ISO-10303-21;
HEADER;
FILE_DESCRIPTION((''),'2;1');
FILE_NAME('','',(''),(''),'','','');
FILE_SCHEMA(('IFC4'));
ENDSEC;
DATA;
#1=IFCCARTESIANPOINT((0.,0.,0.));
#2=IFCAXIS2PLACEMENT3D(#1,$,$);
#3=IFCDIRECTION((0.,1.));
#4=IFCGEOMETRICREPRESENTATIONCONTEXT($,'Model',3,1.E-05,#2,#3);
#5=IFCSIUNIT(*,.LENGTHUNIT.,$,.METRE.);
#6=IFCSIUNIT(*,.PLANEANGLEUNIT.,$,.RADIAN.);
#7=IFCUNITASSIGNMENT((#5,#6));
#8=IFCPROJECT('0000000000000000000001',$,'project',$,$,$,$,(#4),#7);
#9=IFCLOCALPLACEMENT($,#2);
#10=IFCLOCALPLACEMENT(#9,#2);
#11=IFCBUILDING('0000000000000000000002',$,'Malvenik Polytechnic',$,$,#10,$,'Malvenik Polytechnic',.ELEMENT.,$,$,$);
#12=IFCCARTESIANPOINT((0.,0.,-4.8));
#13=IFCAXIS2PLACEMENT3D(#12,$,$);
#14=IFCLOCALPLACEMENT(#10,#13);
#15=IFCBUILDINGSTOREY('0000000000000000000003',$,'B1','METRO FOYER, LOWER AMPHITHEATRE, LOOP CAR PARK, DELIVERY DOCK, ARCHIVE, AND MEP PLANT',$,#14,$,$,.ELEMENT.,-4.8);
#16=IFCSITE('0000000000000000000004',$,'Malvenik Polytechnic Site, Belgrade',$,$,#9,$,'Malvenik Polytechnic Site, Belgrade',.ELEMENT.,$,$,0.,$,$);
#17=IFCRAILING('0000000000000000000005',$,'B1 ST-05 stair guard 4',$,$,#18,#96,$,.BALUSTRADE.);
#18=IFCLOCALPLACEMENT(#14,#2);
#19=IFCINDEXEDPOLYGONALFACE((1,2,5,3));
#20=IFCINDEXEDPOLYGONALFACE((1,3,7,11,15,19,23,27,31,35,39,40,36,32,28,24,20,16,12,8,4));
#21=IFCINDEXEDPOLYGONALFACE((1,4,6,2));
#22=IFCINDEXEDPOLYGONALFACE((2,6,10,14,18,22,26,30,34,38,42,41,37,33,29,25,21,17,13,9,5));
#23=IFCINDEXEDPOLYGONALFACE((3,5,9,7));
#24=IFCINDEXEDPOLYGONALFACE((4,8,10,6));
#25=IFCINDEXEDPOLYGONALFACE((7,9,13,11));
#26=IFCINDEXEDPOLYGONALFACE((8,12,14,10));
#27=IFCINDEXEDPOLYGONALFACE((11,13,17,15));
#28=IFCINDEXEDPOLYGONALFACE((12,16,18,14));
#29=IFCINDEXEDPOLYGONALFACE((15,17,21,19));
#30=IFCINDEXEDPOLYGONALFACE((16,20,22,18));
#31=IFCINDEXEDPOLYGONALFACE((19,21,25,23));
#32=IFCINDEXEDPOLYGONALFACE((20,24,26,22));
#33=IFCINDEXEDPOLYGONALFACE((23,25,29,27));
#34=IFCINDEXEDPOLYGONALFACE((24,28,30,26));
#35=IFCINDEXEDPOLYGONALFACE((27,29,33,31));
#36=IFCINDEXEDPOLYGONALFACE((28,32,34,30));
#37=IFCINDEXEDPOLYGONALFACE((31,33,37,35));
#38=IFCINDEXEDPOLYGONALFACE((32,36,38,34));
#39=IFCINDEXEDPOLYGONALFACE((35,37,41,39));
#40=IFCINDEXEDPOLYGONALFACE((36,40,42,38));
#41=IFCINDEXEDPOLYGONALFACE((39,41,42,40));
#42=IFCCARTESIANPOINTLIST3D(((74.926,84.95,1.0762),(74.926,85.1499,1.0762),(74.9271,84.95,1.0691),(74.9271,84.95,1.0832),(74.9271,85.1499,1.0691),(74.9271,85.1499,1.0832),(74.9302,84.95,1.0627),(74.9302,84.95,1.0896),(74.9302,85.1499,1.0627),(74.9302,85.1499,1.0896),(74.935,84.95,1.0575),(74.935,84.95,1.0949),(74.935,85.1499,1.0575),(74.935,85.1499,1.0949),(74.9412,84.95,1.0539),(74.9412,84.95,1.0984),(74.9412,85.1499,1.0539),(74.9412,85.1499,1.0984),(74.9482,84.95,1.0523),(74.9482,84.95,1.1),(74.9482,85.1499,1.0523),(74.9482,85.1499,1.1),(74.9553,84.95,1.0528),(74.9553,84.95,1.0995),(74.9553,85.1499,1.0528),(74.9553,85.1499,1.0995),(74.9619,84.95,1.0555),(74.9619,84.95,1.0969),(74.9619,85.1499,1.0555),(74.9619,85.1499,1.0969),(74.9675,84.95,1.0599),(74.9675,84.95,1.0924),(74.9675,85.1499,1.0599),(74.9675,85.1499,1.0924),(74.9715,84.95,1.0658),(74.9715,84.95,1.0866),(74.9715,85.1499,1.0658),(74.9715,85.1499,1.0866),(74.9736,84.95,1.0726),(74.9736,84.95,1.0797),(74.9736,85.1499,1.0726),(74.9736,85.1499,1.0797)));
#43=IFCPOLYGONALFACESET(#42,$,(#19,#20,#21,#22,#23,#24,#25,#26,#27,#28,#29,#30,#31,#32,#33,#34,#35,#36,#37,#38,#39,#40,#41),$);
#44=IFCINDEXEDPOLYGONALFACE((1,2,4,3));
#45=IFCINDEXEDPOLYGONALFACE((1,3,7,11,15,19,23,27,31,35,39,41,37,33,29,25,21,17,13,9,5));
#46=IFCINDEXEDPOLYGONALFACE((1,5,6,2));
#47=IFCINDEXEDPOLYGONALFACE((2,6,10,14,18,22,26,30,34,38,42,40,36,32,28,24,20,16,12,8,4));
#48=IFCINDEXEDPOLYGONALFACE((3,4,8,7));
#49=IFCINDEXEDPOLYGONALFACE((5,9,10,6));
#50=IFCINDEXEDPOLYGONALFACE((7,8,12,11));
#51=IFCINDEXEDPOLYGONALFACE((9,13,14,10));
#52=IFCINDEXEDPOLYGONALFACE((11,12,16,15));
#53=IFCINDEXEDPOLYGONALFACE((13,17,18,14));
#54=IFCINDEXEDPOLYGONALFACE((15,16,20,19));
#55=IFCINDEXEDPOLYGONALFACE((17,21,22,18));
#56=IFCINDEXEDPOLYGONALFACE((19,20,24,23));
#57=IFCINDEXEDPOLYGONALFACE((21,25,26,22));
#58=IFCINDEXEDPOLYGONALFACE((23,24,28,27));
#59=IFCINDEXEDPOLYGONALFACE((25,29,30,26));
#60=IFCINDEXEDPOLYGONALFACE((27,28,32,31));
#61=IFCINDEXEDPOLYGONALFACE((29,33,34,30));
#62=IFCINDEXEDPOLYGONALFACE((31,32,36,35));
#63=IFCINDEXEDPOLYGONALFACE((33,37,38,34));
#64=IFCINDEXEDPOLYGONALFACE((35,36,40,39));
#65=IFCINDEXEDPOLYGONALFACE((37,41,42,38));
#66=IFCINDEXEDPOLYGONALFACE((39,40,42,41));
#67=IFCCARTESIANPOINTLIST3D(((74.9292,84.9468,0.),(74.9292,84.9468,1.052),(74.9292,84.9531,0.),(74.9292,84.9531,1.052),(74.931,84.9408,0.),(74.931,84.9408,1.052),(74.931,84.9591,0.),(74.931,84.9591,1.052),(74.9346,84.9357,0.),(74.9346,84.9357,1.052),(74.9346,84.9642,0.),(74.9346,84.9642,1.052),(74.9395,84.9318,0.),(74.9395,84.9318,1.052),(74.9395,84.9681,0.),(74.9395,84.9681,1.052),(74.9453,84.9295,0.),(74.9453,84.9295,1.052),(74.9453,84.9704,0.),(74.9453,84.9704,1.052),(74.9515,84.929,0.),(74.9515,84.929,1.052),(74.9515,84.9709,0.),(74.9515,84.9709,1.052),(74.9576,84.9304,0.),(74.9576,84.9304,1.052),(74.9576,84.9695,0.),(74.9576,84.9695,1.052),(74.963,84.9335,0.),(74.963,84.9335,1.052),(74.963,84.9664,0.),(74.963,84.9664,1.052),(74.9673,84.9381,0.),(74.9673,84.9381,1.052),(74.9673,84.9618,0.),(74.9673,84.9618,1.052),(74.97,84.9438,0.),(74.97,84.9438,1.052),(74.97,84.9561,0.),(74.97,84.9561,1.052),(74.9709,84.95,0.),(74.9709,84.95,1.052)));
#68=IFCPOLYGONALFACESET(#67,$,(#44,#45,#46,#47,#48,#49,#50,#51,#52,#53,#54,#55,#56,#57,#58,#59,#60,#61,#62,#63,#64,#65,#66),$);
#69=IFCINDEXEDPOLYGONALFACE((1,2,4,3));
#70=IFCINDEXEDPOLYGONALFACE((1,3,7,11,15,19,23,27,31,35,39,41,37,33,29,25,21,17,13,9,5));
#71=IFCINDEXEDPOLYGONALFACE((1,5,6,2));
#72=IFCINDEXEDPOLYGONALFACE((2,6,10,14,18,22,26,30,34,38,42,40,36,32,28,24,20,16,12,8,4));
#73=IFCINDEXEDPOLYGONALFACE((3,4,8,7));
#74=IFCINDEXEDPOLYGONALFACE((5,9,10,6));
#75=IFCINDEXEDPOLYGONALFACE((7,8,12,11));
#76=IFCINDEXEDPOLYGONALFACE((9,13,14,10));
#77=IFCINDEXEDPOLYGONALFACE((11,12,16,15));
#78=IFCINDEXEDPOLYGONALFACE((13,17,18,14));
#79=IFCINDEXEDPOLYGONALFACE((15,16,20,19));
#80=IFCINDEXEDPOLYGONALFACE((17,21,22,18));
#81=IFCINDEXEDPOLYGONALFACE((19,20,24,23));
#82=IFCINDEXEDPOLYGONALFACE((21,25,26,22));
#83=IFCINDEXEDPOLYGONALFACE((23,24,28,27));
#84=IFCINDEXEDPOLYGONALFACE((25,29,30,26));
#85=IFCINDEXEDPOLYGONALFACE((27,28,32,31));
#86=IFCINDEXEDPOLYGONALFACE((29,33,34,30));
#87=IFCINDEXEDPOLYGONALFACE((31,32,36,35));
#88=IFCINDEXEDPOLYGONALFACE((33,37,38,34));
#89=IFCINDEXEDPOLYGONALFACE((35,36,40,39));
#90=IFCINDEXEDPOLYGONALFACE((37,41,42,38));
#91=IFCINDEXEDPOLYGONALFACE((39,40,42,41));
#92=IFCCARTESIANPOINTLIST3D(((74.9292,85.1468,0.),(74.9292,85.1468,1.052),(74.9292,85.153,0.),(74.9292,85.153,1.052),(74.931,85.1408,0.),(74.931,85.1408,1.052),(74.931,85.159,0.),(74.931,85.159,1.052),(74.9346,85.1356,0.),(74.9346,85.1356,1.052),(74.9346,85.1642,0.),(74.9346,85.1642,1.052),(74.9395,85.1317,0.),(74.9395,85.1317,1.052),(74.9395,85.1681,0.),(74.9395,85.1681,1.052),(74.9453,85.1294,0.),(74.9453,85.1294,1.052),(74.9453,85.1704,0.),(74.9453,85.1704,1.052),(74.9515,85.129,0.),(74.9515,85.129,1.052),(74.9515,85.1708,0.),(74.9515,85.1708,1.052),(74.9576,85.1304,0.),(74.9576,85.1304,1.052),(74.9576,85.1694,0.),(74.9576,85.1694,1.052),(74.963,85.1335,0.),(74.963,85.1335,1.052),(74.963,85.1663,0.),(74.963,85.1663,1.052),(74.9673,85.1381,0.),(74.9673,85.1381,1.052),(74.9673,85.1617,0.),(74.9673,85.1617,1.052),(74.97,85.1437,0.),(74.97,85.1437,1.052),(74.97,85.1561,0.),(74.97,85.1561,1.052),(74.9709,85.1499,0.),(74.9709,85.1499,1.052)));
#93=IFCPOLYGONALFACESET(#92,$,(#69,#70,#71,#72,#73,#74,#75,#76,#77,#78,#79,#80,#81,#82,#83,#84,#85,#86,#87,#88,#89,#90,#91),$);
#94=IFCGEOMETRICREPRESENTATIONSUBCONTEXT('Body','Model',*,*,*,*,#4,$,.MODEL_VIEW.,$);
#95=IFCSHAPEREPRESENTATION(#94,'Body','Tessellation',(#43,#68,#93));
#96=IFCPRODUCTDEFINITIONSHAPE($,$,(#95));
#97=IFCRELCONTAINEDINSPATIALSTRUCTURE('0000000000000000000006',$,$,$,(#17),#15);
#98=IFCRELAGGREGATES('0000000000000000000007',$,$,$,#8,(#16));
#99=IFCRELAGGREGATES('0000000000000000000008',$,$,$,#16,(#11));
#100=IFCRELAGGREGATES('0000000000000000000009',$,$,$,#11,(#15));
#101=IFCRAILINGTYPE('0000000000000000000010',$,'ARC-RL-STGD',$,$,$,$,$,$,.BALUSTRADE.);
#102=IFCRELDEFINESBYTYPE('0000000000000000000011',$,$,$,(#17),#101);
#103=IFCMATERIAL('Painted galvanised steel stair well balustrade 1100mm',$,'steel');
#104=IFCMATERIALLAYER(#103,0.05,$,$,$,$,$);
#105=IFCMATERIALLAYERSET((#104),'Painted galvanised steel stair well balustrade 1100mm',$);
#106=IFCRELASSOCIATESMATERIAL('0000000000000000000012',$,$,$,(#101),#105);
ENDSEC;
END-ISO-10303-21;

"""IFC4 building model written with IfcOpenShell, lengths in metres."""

from ifc_helpers import new_model, si_unit, direction, frame, origin, origin_2d, place, context, subcontext, project, spatial, circle, extrude, material, layer, layer_set, type_object, element, save


model = new_model("IFC4")

# Units and contexts
model_context = context("Model", 3, precision=1e-05, world=origin(), true_north=direction((0.0, 1.0)))
body_context = subcontext(model_context, "Body", "Model", "MODEL_VIEW")
ifc_project = project(units=[si_unit("LENGTHUNIT", "METRE"), si_unit("PLANEANGLEUNIT", "RADIAN")], contexts=[model_context])

# Site, building, storey
site_placement = place(None, origin())
site = spatial("IfcSite", under=ifc_project, at=site_placement, Name="Malvenik Polytechnic Site, Belgrade", LongName="Malvenik Polytechnic Site, Belgrade", CompositionType="ELEMENT", RefElevation=0.0)
building_placement = place(site_placement, origin())
building = spatial("IfcBuilding", under=site, at=building_placement, Name="Malvenik Polytechnic", LongName="Malvenik Polytechnic", CompositionType="ELEMENT")
storey_placement = place(building_placement, frame((0.0, 0.0, -4.8)))
storey = spatial("IfcBuildingStorey", under=building, at=storey_placement, Name="B1", Description="METRO FOYER, LOWER AMPHITHEATRE, LOOP CAR PARK, DELIVERY DOCK, ARCHIVE, AND MEP PLANT", CompositionType="ELEMENT", Elevation=-4.8)

# Railing
ifc_material_1 = material(Name="Painted galvanised steel stair well balustrade 1100mm", Category="steel")
ifc_layer_1 = layer(ifc_material_1, 0.05)
ifc_layer_set_1 = layer_set([ifc_layer_1], Name="Painted galvanised steel stair well balustrade 1100mm")
railing_type_1 = type_object("IfcRailingType", Name="ARC-RL-STGD", PredefinedType="BALUSTRADE", material=ifc_layer_set_1)
railing_1_placement = place(storey_placement, frame((74.95, 84.95, 0.0)))
element("IfcRailing", 1, at=railing_1_placement, inside=storey, type_object=railing_type_1, Name="B1 ST-05 stair guard 4", PredefinedType="BALUSTRADE", context=body_context, shape_type="SweptSolid", body=[
    extrude(circle(Radius=0.0239, at=origin_2d()), frame((0.0, 0.0, 1.0762), z_axis=(0.0, 1.0, 0.0), x_axis=(-1.0, 0.0, 0.0)), (0.0, 0.0, 1.0), 0.2),
    extrude(circle(Radius=0.021, at=origin_2d()), origin(), (0.0, 0.0, 1.0), 1.052),
    extrude(circle(Radius=0.021, at=origin_2d()), frame((0.0, 0.2, 0.0)), (0.0, 0.0, 1.0), 1.052),
])

save(model, "model.ifc")
